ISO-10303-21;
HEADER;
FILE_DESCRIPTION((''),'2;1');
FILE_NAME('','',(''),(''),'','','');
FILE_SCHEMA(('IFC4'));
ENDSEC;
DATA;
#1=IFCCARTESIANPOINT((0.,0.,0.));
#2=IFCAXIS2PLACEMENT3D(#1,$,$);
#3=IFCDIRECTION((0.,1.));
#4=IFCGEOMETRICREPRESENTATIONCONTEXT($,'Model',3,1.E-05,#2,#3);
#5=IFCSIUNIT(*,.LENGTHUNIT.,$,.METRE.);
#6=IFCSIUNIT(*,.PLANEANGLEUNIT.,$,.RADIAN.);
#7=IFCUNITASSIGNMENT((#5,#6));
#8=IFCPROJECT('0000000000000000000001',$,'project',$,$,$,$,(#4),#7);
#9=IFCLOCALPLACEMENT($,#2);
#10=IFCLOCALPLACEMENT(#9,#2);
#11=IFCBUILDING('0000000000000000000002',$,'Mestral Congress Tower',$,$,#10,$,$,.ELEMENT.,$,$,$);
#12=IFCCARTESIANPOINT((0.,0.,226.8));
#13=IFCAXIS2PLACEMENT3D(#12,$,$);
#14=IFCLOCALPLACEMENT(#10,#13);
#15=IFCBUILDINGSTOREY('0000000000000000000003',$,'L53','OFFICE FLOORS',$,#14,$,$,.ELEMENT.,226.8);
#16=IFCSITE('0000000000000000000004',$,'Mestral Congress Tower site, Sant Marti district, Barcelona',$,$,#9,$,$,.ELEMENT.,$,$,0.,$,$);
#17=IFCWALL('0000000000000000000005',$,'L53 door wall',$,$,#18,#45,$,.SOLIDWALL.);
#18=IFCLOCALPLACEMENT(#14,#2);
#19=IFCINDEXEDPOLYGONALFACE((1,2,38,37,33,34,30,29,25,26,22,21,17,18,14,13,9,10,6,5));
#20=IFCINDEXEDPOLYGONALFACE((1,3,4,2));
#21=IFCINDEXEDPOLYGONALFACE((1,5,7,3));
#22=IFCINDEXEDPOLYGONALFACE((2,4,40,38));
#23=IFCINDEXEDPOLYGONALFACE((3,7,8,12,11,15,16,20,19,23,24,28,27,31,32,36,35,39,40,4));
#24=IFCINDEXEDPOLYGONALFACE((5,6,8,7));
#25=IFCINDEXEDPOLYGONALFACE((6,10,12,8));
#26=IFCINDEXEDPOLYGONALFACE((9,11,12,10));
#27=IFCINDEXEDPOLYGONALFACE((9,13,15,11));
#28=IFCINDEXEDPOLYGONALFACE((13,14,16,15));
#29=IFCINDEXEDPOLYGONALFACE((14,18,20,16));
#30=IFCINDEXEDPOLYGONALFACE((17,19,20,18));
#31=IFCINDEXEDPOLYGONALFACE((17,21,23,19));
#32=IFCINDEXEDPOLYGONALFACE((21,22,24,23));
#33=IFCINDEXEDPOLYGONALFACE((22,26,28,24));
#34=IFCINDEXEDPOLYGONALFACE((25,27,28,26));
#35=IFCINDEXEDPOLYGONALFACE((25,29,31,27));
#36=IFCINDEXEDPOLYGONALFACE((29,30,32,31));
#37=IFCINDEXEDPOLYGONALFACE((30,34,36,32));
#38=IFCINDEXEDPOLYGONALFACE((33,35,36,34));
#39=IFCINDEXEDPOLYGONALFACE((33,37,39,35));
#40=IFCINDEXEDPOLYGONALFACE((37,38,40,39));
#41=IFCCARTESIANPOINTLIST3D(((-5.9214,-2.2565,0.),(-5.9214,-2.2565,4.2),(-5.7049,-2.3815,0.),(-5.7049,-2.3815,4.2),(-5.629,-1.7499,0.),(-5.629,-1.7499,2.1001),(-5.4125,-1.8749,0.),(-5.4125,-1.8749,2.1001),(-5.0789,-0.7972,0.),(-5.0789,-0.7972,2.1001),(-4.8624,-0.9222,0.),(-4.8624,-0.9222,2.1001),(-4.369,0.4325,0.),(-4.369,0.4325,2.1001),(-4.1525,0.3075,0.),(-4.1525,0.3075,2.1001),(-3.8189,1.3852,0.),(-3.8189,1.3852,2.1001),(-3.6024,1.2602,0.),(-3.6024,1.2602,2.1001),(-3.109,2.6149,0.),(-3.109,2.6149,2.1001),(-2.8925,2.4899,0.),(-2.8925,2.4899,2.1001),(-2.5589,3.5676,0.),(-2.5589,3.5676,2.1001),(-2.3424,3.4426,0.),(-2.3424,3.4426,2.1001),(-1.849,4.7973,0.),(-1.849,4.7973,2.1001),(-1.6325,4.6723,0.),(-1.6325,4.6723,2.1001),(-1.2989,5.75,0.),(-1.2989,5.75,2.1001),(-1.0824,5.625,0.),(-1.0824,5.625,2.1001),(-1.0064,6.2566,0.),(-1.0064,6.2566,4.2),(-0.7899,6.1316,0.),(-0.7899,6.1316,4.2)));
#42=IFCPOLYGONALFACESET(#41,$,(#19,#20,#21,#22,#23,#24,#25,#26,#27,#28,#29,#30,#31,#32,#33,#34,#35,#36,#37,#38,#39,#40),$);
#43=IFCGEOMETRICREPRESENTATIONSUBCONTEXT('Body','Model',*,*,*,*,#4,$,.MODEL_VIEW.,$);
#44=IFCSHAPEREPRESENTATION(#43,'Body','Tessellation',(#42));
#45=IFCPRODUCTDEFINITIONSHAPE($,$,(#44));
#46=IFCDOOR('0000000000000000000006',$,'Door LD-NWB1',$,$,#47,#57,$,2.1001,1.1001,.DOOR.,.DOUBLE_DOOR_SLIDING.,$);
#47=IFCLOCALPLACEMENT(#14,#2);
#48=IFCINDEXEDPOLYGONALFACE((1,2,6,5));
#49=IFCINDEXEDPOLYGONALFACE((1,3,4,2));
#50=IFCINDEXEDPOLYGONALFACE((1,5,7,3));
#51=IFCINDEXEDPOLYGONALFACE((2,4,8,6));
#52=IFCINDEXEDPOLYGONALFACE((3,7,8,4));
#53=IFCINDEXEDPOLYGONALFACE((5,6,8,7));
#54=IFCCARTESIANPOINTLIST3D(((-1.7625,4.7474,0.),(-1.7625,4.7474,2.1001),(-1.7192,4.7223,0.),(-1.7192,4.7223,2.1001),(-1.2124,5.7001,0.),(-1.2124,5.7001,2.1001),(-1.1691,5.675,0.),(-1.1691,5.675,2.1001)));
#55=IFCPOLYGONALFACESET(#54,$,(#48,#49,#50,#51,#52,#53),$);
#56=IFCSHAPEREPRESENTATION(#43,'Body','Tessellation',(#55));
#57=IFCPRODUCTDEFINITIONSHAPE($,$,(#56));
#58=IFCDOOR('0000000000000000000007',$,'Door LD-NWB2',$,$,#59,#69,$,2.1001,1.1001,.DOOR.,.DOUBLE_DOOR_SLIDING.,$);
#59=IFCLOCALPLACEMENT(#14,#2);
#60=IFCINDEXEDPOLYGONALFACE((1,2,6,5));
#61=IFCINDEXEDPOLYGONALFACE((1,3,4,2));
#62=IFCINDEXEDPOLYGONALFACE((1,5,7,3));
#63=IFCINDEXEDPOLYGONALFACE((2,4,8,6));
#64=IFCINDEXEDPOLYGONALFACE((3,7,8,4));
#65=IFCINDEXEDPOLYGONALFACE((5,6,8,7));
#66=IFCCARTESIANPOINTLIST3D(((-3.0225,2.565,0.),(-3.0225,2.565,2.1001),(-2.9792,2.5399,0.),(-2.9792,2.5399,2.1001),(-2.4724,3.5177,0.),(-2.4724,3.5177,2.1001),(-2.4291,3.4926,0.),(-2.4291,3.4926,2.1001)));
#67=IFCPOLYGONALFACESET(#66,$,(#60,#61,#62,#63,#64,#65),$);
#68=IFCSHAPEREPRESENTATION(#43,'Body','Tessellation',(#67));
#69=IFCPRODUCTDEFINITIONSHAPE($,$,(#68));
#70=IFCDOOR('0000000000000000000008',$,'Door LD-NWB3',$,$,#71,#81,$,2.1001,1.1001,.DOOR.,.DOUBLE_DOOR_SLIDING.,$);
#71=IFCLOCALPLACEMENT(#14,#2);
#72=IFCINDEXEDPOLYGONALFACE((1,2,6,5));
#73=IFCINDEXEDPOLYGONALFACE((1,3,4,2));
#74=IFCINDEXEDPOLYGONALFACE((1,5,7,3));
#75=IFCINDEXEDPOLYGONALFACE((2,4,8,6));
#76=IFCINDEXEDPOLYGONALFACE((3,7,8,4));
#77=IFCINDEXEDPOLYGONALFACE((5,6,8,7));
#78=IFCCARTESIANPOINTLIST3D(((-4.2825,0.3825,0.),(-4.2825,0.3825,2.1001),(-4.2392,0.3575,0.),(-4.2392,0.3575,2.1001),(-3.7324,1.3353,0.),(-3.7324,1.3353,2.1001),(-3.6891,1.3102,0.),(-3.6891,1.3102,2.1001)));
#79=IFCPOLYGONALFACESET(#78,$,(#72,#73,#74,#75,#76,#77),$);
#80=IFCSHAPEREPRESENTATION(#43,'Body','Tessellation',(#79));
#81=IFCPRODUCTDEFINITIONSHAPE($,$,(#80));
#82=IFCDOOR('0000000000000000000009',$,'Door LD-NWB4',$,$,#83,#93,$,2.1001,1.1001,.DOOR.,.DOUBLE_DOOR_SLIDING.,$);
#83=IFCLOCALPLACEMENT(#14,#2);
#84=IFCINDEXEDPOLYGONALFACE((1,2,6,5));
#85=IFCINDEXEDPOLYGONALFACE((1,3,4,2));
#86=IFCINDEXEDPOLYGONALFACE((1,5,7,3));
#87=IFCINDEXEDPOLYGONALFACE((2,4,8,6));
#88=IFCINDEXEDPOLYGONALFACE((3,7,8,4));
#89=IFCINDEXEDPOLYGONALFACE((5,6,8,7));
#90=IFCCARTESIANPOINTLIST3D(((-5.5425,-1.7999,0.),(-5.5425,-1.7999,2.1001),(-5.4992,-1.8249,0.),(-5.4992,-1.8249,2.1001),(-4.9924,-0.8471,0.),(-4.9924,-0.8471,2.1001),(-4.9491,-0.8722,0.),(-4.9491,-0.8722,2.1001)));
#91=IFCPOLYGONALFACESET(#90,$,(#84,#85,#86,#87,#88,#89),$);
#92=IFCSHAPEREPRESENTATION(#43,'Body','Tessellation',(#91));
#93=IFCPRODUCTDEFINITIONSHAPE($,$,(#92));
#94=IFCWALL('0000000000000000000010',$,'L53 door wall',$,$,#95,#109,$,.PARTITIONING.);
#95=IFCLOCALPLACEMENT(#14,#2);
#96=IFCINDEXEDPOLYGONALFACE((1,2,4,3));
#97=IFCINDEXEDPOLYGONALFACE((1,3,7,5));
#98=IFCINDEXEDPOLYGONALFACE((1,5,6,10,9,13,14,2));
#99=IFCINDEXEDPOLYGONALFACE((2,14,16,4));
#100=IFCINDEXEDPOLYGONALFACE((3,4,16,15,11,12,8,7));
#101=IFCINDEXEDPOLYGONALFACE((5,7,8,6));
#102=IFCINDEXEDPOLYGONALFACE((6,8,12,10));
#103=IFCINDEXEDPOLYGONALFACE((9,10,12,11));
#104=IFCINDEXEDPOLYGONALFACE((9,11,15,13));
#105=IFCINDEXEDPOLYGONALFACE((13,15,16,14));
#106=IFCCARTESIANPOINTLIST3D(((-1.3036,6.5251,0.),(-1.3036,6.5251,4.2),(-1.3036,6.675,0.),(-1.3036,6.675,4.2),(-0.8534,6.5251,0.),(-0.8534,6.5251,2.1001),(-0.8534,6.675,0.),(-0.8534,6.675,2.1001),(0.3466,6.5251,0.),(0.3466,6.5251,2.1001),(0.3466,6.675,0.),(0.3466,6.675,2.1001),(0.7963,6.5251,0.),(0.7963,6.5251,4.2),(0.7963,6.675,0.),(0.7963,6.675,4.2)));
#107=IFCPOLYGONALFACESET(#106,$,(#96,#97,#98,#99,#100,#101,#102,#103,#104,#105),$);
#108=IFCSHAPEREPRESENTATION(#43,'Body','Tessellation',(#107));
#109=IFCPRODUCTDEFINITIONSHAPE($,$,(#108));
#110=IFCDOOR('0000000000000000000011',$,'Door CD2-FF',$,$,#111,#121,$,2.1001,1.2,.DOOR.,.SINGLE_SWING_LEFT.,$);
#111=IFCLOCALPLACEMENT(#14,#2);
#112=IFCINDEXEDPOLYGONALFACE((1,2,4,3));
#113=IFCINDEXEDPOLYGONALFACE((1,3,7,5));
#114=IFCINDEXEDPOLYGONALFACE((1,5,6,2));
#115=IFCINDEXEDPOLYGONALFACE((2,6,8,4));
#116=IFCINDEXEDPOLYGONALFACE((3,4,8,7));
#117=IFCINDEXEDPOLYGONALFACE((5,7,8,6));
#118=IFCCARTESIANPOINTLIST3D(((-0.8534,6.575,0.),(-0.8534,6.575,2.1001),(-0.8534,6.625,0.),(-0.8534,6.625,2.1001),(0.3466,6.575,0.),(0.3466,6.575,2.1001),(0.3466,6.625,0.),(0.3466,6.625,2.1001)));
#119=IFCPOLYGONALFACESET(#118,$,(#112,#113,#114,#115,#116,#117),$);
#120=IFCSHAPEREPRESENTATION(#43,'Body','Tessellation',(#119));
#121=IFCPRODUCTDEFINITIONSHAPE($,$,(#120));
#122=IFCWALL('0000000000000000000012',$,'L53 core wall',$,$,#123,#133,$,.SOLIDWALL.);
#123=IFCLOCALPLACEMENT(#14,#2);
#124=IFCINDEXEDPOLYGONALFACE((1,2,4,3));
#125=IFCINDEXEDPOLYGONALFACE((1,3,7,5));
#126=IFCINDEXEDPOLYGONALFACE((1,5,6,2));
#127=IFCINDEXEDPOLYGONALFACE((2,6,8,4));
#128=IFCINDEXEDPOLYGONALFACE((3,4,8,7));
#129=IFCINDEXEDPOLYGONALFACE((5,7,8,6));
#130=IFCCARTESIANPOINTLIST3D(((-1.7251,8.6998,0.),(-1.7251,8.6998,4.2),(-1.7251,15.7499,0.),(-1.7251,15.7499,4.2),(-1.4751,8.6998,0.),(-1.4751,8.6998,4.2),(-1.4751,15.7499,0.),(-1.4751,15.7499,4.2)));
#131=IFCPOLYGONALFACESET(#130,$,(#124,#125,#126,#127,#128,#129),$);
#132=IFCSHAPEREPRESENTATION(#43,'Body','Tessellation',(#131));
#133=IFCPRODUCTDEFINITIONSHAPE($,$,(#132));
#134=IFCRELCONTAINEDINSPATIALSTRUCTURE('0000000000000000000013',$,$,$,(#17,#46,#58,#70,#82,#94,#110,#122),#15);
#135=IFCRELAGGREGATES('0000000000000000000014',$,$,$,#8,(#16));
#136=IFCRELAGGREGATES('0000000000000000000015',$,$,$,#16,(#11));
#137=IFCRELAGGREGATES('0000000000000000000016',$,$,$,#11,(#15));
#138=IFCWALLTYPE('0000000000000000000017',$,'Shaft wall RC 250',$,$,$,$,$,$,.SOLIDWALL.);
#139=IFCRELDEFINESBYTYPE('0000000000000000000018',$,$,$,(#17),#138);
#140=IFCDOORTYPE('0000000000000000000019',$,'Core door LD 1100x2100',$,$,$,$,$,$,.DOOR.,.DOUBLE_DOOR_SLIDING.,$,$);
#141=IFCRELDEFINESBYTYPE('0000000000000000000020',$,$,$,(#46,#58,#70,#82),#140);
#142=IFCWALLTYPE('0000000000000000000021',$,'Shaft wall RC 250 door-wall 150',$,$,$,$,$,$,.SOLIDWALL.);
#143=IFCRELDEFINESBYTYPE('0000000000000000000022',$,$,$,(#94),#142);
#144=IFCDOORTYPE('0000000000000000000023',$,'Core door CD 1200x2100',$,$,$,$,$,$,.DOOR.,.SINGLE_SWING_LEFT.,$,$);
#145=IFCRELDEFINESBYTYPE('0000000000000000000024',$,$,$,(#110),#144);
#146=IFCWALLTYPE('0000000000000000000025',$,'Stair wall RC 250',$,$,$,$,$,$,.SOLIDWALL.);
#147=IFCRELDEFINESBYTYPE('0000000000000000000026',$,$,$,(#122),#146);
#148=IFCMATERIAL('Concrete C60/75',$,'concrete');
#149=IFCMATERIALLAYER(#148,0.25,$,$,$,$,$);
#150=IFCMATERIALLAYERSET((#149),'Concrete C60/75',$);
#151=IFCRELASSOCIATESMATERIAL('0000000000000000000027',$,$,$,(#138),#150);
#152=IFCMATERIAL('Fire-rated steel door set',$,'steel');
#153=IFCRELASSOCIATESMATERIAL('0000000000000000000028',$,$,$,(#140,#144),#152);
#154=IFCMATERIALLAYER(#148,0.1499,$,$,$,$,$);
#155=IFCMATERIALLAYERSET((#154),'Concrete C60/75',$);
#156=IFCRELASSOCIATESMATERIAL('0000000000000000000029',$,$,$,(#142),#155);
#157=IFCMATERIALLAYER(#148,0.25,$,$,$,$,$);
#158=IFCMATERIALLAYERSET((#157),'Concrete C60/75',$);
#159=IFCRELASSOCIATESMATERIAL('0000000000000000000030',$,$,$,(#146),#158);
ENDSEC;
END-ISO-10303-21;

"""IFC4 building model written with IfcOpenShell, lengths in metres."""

from ifc_helpers import new_model, si_unit, direction, frame, frame_2d, origin, place, context, subcontext, project, spatial, rectangle, extrude, material, layer, layer_set, type_object, element, fill, save


model = new_model("IFC4")

# Units and contexts
model_context = context("Model", 3, precision=1e-05, world=origin(), true_north=direction((0.0, 1.0)))
body_context = subcontext(model_context, "Body", "Model", "MODEL_VIEW")
ifc_project = project(units=[si_unit("LENGTHUNIT", "METRE"), si_unit("PLANEANGLEUNIT", "RADIAN")], contexts=[model_context])

# Site, building, storey
site_placement = place(None, origin())
site = spatial("IfcSite", under=ifc_project, at=site_placement, Name="Mestral Congress Tower site, Sant Marti district, Barcelona", CompositionType="ELEMENT", RefElevation=0.0)
building_placement = place(site_placement, origin())
building = spatial("IfcBuilding", under=site, at=building_placement, Name="Mestral Congress Tower", CompositionType="ELEMENT")
storey_placement = place(building_placement, frame((0.0, 0.0, 226.8)))
storey = spatial("IfcBuildingStorey", under=building, at=storey_placement, Name="L53", Description="OFFICE FLOORS", CompositionType="ELEMENT", Elevation=226.8)

# Shared definitions
ifc_material_1 = material(Name="Concrete C60/75", Category="concrete")

# Shared definitions
ifc_material_2 = material(Name="Fire-rated steel door set", Category="steel")

# Shared definitions
ifc_layer_1 = layer(ifc_material_1, 0.25)
ifc_layer_set_1 = layer_set([ifc_layer_1], Name="Concrete C60/75")
wall_type_1 = type_object("IfcWallType", Name="Shaft wall RC 250", PredefinedType="SOLIDWALL", material=ifc_layer_set_1)

# Wall, openings, doors
wall_1_placement = place(storey_placement, frame((-0.8982, 6.1941, 0.0), z_axis=(0.0, 0.0, 1.0), x_axis=(-0.499996, -0.866028, 0.0)))
wall_1 = element("IfcWall", 1, at=wall_1_placement, inside=storey, type_object=wall_type_1, Name="L53 door wall", PredefinedType="SOLIDWALL", context=body_context, shape_type="SweptSolid", body=[
    extrude(rectangle(XDim=9.8301, YDim=0.25, at=frame_2d((4.915, 0.0))), origin(), (0.0, 0.0, 1.0), 4.2),
])
opening_1_placement = place(wall_1_placement, frame((0.585, 0.0, 0.0)))
opening_1 = element("IfcOpeningElement", 2, at=opening_1_placement, cuts=wall_1, PredefinedType="OPENING", context=body_context, shape_type="SweptSolid", body=[
    extrude(rectangle(XDim=1.1001, YDim=2.1001, at=frame_2d((0.55, 1.05))), frame((0.0, 0.135, 0.0), z_axis=(0.0, -1.0, 0.0), x_axis=(1.0, 0.0, 0.0)), (0.0, 0.0, 1.0), 0.27),
])
opening_2_placement = place(wall_1_placement, frame((3.105, 0.0, 0.0)))
opening_2 = element("IfcOpeningElement", 3, at=opening_2_placement, cuts=wall_1, PredefinedType="OPENING", context=body_context, shape_type="SweptSolid", body=[
    extrude(rectangle(XDim=1.1001, YDim=2.1001, at=frame_2d((0.55, 1.05))), frame((0.0, 0.135, 0.0), z_axis=(0.0, -1.0, 0.0), x_axis=(1.0, 0.0, 0.0)), (0.0, 0.0, 1.0), 0.27),
])
opening_3_placement = place(wall_1_placement, frame((5.625, 0.0, 0.0)))
opening_3 = element("IfcOpeningElement", 4, at=opening_3_placement, cuts=wall_1, PredefinedType="OPENING", context=body_context, shape_type="SweptSolid", body=[
    extrude(rectangle(XDim=1.1001, YDim=2.1001, at=frame_2d((0.55, 1.05))), frame((0.0, 0.135, 0.0), z_axis=(0.0, -1.0, 0.0), x_axis=(1.0, 0.0, 0.0)), (0.0, 0.0, 1.0), 0.27),
])
opening_4_placement = place(wall_1_placement, frame((8.145, 0.0, 0.0)))
opening_4 = element("IfcOpeningElement", 5, at=opening_4_placement, cuts=wall_1, PredefinedType="OPENING", context=body_context, shape_type="SweptSolid", body=[
    extrude(rectangle(XDim=1.1001, YDim=2.1001, at=frame_2d((0.55, 1.05))), frame((0.0, 0.135, 0.0), z_axis=(0.0, -1.0, 0.0), x_axis=(1.0, 0.0, 0.0)), (0.0, 0.0, 1.0), 0.27),
])
door_type_1 = type_object("IfcDoorType", Name="Core door LD 1100x2100", OperationType="DOUBLE_DOOR_SLIDING", PredefinedType="DOOR", material=ifc_material_2)
door_1_placement = place(opening_1_placement, origin())
door_1 = element("IfcDoor", 6, at=door_1_placement, inside=storey, type_object=door_type_1, Name="Door LD-NWB1", OperationType="DOUBLE_DOOR_SLIDING", OverallHeight=2.1001, OverallWidth=1.1001, PredefinedType="DOOR", context=body_context, shape_type="SweptSolid", body=[
    extrude(rectangle(XDim=1.1001, YDim=2.1001, at=frame_2d((0.55, 1.05))), frame((0.0, 0.0249, 0.0), z_axis=(0.0, -1.0, 0.0), x_axis=(1.0, 0.0, 0.0)), (0.0, 0.0, 1.0), 0.05),
])
fill(opening_1, door_1)
door_2_placement = place(opening_2_placement, origin())
door_2 = element("IfcDoor", 7, at=door_2_placement, inside=storey, type_object=door_type_1, Name="Door LD-NWB2", OperationType="DOUBLE_DOOR_SLIDING", OverallHeight=2.1001, OverallWidth=1.1001, PredefinedType="DOOR", context=body_context, shape_type="SweptSolid", body=[
    extrude(rectangle(XDim=1.1001, YDim=2.1001, at=frame_2d((0.55, 1.05))), frame((0.0, 0.0249, 0.0), z_axis=(0.0, -1.0, 0.0), x_axis=(1.0, 0.0, 0.0)), (0.0, 0.0, 1.0), 0.05),
])
fill(opening_2, door_2)
door_3_placement = place(opening_3_placement, origin())
door_3 = element("IfcDoor", 8, at=door_3_placement, inside=storey, type_object=door_type_1, Name="Door LD-NWB3", OperationType="DOUBLE_DOOR_SLIDING", OverallHeight=2.1001, OverallWidth=1.1001, PredefinedType="DOOR", context=body_context, shape_type="SweptSolid", body=[
    extrude(rectangle(XDim=1.1001, YDim=2.1001, at=frame_2d((0.55, 1.05))), frame((0.0, 0.0249, 0.0), z_axis=(0.0, -1.0, 0.0), x_axis=(1.0, 0.0, 0.0)), (0.0, 0.0, 1.0), 0.05),
])
fill(opening_3, door_3)
door_4_placement = place(opening_4_placement, origin())
door_4 = element("IfcDoor", 9, at=door_4_placement, inside=storey, type_object=door_type_1, Name="Door LD-NWB4", OperationType="DOUBLE_DOOR_SLIDING", OverallHeight=2.1001, OverallWidth=1.1001, PredefinedType="DOOR", context=body_context, shape_type="SweptSolid", body=[
    extrude(rectangle(XDim=1.1001, YDim=2.1001, at=frame_2d((0.55, 1.05))), frame((0.0, 0.0249, 0.0), z_axis=(0.0, -1.0, 0.0), x_axis=(1.0, 0.0, 0.0)), (0.0, 0.0, 1.0), 0.05),
])
fill(opening_4, door_4)

# Wall, opening, door
ifc_layer_2 = layer(ifc_material_1, 0.1499)
ifc_layer_set_2 = layer_set([ifc_layer_2], Name="Concrete C60/75")
wall_type_2 = type_object("IfcWallType", Name="Shaft wall RC 250 door-wall 150", PredefinedType="SOLIDWALL", material=ifc_layer_set_2)
wall_2_placement = place(storey_placement, frame((-1.3035, 6.6001, 0.0), z_axis=(0.0, 0.0, 1.0), x_axis=(1.0, 0.0, 0.0)))
wall_2 = element("IfcWall", 10, at=wall_2_placement, inside=storey, type_object=wall_type_2, Name="L53 door wall", PredefinedType="PARTITIONING", context=body_context, shape_type="SweptSolid", body=[
    extrude(rectangle(XDim=2.0999, YDim=0.1499, at=frame_2d((1.0498, 0.0))), origin(), (0.0, 0.0, 1.0), 4.2),
])
opening_5_placement = place(wall_2_placement, frame((0.45, 0.0, 0.0)))
opening_5 = element("IfcOpeningElement", 11, at=opening_5_placement, cuts=wall_2, PredefinedType="OPENING", context=body_context, shape_type="SweptSolid", body=[
    extrude(rectangle(XDim=1.2, YDim=2.1001, at=frame_2d((0.6001, 1.05))), frame((0.0, 0.085, 0.0), z_axis=(0.0, -1.0, 0.0), x_axis=(1.0, 0.0, 0.0)), (0.0, 0.0, 1.0), 0.1699),
])
door_type_2 = type_object("IfcDoorType", Name="Core door CD 1200x2100", OperationType="SINGLE_SWING_LEFT", PredefinedType="DOOR", material=ifc_material_2)
door_5_placement = place(opening_5_placement, origin())
door_5 = element("IfcDoor", 12, at=door_5_placement, inside=storey, type_object=door_type_2, Name="Door CD2-FF", OperationType="SINGLE_SWING_LEFT", OverallHeight=2.1001, OverallWidth=1.2, PredefinedType="DOOR", context=body_context, shape_type="SweptSolid", body=[
    extrude(rectangle(XDim=1.2, YDim=2.1001, at=frame_2d((0.6001, 1.05))), frame((0.0, 0.0249, 0.0), z_axis=(0.0, -1.0, 0.0), x_axis=(1.0, 0.0, 0.0)), (0.0, 0.0, 1.0), 0.05),
])
fill(opening_5, door_5)

# Wall
ifc_layer_3 = layer(ifc_material_1, 0.25)
ifc_layer_set_3 = layer_set([ifc_layer_3], Name="Concrete C60/75")
wall_type_3 = type_object("IfcWallType", Name="Stair wall RC 250", PredefinedType="SOLIDWALL", material=ifc_layer_set_3)
wall_3_placement = place(storey_placement, frame((-1.6001, 8.7, 0.0), z_axis=(0.0, 0.0, 1.0), x_axis=(0.0, 1.0, 0.0)))
element("IfcWall", 13, at=wall_3_placement, inside=storey, type_object=wall_type_3, Name="L53 core wall", PredefinedType="SOLIDWALL", context=body_context, shape_type="SweptSolid", body=[
    extrude(rectangle(XDim=7.05, YDim=0.25, at=frame_2d((3.5249, 0.0))), origin(), (0.0, 0.0, 1.0), 4.2),
])

save(model, "model.ifc")
